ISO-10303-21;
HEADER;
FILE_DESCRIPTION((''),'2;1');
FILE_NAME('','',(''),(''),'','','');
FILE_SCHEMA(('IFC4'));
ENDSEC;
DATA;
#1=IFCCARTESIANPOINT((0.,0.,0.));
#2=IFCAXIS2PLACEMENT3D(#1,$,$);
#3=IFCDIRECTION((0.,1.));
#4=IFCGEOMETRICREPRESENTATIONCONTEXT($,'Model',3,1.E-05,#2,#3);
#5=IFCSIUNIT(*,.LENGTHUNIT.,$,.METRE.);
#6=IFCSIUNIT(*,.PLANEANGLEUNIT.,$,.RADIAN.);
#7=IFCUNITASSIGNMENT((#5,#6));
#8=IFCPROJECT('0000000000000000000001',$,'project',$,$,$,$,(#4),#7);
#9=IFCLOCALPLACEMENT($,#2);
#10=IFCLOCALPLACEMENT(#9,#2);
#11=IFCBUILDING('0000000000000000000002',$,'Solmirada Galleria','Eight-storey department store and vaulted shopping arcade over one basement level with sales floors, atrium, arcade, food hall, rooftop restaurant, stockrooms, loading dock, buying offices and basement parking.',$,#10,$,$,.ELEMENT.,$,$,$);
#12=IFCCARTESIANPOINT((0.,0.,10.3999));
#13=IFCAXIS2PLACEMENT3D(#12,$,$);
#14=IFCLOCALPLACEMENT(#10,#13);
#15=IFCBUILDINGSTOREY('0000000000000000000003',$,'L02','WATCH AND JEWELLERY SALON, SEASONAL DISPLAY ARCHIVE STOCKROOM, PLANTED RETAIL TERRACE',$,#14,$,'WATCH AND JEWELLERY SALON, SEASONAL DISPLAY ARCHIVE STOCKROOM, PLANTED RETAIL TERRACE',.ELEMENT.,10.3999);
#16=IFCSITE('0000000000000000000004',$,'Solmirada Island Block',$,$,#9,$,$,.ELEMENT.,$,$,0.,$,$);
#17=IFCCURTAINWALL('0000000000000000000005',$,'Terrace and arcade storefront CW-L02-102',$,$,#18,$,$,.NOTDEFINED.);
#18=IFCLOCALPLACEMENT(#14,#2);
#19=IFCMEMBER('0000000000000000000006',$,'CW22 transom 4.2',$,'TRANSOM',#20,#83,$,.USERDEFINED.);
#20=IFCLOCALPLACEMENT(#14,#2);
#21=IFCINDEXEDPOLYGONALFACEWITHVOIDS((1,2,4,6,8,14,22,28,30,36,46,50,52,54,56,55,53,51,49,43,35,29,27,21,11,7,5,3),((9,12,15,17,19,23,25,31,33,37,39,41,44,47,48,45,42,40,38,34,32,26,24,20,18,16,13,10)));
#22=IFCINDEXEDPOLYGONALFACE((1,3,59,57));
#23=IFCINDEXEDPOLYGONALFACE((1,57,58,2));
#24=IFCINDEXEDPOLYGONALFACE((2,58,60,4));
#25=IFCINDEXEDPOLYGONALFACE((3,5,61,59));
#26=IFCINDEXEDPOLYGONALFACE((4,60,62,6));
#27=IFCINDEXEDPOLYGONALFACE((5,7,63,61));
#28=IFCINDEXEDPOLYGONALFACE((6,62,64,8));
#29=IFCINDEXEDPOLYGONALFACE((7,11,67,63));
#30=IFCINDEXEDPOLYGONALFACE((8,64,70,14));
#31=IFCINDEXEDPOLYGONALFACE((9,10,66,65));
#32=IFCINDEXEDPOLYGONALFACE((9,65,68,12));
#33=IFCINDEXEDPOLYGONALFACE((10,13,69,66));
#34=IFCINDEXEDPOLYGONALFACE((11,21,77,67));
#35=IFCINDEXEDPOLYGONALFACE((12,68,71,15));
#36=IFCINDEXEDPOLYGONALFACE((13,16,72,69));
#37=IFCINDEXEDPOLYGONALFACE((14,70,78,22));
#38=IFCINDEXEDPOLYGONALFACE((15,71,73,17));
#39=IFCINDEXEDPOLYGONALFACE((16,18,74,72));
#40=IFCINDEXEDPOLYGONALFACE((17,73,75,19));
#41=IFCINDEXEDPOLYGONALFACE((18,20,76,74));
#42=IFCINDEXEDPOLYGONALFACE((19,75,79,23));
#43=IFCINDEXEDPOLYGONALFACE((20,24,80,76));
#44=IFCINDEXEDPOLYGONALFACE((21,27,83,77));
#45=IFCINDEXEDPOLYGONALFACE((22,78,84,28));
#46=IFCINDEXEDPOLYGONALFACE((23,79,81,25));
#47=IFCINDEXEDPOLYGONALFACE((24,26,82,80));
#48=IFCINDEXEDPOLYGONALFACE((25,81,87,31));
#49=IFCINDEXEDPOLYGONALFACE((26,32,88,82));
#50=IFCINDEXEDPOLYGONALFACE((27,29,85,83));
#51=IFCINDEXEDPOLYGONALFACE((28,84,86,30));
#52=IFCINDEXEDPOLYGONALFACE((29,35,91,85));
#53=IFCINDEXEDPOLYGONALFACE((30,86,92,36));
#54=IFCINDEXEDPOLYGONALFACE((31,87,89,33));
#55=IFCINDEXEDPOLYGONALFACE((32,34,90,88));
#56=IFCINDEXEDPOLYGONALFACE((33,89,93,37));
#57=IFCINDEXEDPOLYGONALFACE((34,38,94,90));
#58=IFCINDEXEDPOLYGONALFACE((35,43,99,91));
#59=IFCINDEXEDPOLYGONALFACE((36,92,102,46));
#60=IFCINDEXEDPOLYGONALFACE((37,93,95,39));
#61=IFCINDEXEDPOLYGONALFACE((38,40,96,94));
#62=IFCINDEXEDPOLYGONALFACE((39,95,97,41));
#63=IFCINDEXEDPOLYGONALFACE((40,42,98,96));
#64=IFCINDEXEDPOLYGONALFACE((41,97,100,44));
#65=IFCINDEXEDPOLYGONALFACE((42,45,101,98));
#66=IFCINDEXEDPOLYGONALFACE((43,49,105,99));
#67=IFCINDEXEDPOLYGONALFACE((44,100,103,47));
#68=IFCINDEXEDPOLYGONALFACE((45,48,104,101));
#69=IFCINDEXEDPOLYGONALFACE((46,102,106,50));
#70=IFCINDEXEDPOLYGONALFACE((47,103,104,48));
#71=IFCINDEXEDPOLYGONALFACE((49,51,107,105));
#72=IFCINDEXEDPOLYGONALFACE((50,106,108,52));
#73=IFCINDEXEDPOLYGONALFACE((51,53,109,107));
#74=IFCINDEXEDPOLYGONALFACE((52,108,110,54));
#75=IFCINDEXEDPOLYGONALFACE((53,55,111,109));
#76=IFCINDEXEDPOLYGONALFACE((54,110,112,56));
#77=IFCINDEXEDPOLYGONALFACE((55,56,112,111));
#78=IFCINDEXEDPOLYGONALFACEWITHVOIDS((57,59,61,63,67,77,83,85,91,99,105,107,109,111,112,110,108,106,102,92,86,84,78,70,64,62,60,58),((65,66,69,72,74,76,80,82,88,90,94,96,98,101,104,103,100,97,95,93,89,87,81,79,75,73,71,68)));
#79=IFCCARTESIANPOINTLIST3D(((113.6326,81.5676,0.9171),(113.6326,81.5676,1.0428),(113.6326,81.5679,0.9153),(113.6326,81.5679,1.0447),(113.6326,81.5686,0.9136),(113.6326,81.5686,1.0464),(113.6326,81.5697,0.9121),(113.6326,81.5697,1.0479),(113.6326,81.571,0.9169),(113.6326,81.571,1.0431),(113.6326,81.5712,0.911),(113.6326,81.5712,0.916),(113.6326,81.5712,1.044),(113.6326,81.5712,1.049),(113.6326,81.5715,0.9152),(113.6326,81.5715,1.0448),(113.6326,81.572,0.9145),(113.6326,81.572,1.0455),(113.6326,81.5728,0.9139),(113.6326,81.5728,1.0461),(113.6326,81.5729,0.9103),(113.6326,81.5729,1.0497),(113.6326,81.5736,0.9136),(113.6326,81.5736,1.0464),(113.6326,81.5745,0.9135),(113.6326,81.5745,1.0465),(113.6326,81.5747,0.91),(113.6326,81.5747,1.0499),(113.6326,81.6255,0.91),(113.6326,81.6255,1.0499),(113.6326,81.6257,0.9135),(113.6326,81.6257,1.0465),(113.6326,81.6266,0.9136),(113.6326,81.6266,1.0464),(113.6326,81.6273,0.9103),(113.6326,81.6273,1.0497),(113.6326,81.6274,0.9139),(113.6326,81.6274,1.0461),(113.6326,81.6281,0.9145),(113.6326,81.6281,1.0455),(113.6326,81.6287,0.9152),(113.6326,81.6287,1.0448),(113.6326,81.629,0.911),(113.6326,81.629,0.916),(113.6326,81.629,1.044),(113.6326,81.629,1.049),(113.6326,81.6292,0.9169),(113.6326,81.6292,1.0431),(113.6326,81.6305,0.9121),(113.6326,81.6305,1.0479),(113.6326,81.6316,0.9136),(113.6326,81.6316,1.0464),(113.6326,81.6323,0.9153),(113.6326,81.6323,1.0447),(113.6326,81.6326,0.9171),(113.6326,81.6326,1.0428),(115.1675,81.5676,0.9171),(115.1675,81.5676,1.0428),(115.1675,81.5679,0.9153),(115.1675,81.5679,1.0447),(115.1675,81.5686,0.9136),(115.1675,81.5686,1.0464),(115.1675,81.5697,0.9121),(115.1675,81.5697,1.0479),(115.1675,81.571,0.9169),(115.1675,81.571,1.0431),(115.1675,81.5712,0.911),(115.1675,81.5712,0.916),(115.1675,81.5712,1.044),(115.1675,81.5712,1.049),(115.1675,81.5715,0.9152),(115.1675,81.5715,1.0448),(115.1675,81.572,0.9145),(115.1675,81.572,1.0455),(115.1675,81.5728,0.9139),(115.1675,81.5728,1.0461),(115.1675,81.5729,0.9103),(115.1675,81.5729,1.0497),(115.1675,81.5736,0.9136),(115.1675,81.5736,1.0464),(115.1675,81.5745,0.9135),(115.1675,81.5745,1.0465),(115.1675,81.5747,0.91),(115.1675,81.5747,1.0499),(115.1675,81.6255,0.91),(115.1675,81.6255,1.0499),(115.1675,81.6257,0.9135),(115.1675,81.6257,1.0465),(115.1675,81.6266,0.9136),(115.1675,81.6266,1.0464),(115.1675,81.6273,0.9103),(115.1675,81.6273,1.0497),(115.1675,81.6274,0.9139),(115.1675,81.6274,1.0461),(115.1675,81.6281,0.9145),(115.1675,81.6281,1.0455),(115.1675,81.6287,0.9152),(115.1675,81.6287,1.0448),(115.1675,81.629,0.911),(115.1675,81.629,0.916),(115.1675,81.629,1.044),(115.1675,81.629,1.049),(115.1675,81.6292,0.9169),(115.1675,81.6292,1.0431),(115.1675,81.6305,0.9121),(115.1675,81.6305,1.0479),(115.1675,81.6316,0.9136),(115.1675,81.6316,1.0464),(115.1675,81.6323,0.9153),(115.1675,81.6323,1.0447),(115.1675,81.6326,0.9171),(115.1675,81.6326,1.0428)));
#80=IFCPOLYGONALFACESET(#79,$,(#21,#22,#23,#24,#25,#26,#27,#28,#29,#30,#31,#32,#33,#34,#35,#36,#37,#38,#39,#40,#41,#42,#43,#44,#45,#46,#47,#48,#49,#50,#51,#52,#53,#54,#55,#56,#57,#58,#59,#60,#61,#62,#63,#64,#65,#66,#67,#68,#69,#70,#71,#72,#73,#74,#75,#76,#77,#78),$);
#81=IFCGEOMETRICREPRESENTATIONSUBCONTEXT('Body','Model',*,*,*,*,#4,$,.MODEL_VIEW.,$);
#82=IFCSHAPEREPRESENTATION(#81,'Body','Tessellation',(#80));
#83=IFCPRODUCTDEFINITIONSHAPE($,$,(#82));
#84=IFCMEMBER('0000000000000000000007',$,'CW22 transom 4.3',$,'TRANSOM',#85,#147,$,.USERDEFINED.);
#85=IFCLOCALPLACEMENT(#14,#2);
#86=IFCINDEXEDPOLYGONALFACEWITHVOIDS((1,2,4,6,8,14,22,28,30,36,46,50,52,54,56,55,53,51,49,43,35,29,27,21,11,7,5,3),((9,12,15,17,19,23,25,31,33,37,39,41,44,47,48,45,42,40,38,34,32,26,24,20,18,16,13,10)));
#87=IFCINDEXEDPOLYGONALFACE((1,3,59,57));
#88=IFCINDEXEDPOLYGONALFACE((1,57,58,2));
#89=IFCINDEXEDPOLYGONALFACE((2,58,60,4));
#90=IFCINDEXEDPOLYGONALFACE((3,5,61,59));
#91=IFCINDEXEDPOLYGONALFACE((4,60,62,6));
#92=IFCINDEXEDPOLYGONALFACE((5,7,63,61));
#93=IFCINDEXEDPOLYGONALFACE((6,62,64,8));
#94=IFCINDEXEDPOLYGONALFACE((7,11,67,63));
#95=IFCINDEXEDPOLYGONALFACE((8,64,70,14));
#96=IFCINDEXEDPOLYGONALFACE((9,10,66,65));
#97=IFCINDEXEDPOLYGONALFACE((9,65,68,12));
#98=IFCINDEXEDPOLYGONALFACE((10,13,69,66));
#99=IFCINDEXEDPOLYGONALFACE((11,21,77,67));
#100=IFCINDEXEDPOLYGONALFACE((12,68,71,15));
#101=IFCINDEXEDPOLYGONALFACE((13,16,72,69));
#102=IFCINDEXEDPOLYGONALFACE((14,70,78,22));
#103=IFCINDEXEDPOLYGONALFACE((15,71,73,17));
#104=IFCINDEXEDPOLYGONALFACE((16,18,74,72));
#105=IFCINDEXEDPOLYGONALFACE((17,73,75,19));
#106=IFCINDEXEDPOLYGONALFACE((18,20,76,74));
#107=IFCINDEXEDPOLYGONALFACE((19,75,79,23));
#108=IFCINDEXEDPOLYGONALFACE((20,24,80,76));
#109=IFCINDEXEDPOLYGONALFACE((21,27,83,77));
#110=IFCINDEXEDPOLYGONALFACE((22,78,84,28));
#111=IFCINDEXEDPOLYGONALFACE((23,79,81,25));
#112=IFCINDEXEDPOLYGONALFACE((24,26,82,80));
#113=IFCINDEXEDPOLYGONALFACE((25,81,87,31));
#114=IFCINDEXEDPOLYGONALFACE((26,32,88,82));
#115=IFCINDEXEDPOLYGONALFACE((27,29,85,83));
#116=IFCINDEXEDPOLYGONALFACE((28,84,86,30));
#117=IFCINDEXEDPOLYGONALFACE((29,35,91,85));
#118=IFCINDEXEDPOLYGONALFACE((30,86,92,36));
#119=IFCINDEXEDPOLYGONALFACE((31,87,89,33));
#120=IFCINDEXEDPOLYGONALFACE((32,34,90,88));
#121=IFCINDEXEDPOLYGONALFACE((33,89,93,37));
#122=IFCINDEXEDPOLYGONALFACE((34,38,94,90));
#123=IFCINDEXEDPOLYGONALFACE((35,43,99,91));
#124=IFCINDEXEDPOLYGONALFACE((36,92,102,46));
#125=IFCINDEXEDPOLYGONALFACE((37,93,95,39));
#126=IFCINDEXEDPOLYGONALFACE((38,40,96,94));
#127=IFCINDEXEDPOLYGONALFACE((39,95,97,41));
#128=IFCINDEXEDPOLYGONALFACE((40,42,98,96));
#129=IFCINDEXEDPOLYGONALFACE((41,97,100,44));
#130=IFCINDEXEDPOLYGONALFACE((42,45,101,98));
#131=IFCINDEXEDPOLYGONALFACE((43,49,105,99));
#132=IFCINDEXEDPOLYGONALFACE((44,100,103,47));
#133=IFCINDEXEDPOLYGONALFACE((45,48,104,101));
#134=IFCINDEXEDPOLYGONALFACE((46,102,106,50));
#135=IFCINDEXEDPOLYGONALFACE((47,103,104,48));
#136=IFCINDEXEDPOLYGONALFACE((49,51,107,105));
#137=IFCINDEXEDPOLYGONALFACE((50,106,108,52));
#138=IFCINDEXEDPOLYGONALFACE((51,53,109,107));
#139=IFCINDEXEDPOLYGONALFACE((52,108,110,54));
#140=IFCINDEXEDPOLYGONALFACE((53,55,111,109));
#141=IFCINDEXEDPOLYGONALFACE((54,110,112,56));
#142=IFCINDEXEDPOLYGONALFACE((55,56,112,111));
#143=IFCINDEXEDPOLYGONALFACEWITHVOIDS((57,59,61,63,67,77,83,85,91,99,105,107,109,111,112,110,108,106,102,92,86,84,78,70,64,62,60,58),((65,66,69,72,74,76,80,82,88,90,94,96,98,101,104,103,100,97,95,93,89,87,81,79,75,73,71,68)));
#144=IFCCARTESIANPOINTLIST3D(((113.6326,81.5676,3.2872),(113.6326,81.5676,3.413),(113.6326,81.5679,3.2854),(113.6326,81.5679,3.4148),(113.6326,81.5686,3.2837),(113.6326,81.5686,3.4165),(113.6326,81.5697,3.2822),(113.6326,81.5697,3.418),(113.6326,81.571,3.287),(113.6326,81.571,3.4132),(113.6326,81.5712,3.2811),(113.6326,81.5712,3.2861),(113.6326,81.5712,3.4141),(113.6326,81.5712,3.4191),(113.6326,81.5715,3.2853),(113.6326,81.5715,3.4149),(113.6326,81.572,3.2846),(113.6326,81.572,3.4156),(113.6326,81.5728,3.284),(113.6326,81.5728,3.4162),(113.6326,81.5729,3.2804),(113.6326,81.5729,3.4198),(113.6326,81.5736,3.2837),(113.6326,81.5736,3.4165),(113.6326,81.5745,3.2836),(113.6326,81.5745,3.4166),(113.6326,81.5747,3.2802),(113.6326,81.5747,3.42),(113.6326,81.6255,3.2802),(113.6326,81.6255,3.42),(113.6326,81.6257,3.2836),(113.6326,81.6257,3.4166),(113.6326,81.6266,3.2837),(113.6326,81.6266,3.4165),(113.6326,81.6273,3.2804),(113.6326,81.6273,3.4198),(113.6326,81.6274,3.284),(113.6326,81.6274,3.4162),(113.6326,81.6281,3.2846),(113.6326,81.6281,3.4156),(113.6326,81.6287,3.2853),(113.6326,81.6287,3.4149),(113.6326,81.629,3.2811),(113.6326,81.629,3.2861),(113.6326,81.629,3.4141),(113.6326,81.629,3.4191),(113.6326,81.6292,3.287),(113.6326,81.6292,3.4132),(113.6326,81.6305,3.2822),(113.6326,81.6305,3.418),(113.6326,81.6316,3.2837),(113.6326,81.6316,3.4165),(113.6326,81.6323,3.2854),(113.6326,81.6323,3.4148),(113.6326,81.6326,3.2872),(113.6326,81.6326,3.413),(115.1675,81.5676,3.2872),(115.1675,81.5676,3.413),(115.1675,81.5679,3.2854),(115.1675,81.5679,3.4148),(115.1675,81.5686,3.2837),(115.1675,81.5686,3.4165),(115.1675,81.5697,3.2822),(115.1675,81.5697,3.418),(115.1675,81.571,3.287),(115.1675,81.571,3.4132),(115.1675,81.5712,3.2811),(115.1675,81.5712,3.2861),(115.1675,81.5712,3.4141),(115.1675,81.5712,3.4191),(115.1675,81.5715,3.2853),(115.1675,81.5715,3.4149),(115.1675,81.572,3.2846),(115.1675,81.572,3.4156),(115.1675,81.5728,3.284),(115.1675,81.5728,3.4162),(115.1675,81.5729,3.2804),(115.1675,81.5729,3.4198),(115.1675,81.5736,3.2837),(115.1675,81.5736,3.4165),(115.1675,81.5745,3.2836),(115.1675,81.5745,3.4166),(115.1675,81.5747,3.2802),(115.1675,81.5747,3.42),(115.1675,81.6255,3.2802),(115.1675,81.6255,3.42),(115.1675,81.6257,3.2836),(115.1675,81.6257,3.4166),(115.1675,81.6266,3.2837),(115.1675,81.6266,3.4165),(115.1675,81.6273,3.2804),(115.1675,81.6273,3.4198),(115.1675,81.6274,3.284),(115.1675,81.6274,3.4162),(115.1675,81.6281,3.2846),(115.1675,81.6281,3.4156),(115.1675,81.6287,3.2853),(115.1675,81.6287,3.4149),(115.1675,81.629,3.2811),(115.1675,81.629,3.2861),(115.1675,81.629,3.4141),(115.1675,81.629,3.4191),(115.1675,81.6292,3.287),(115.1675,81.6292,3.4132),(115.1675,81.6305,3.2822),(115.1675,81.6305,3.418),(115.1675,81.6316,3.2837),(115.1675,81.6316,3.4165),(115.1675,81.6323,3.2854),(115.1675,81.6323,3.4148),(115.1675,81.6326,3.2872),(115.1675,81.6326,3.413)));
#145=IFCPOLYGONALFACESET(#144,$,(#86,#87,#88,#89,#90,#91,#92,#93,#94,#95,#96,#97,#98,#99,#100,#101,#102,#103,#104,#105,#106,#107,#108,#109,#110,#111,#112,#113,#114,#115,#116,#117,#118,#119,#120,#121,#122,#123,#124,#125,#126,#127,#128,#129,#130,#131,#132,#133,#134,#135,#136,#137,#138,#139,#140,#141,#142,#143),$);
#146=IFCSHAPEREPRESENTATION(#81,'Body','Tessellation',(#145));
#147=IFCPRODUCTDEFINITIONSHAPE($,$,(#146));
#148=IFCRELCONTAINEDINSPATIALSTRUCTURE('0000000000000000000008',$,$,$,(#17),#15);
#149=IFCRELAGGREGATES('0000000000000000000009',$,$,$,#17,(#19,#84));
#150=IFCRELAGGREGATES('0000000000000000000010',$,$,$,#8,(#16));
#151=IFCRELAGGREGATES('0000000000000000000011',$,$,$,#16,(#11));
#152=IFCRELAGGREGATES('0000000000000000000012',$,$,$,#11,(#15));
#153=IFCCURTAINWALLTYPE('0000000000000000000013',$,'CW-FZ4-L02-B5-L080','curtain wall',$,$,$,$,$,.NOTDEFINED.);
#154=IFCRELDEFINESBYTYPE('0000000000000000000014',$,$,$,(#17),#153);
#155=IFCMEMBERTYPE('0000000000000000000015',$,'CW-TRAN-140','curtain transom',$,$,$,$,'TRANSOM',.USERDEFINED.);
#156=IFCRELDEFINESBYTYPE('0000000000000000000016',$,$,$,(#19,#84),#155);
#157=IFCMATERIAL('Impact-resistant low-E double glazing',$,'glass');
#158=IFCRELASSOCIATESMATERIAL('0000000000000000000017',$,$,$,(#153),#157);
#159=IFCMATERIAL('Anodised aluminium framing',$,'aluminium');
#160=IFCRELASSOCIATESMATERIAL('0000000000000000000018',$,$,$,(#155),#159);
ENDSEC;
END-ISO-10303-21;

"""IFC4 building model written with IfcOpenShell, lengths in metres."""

from ifc_helpers import new_model, si_unit, direction, frame, origin, origin_2d, place, context, subcontext, project, spatial, hollow_rectangle, extrude, material, material_profile, profile_set, type_object, element, aggregate, save


model = new_model("IFC4")

# Units and contexts
model_context = context("Model", 3, precision=1e-05, world=origin(), true_north=direction((0.0, 1.0)))
body_context = subcontext(model_context, "Body", "Model", "MODEL_VIEW")
ifc_project = project(units=[si_unit("LENGTHUNIT", "METRE"), si_unit("PLANEANGLEUNIT", "RADIAN")], contexts=[model_context])

# Site, building, storey
site_placement = place(None, origin())
site = spatial("IfcSite", under=ifc_project, at=site_placement, Name="Solmirada Island Block", CompositionType="ELEMENT", RefElevation=0.0)
building_placement = place(site_placement, origin())
building = spatial("IfcBuilding", under=site, at=building_placement, Name="Solmirada Galleria", Description="Eight-storey department store and vaulted shopping arcade over one basement level with sales floors, atrium, arcade, food hall, rooftop restaurant, stockrooms, loading dock, buying offices and basement parking.", CompositionType="ELEMENT")
storey_placement = place(building_placement, frame((0.0, 0.0, 10.3999)))
storey = spatial("IfcBuildingStorey", under=building, at=storey_placement, Name="L02", Description="WATCH AND JEWELLERY SALON, SEASONAL DISPLAY ARCHIVE STOCKROOM, PLANTED RETAIL TERRACE", LongName="WATCH AND JEWELLERY SALON, SEASONAL DISPLAY ARCHIVE STOCKROOM, PLANTED RETAIL TERRACE", CompositionType="ELEMENT", Elevation=10.3999)

# Curtain wall, members
ifc_material_1 = material(Name="Impact-resistant low-E double glazing", Category="glass")
curtain_wall_type = type_object("IfcCurtainWallType", Name="CW-FZ4-L02-B5-L080", Description="curtain wall", PredefinedType="NOTDEFINED", material=ifc_material_1)
curtain_wall_placement = place(storey_placement, origin())
curtain_wall = element("IfcCurtainWall", 1, at=curtain_wall_placement, inside=storey, type_object=curtain_wall_type, Name="Terrace and arcade storefront CW-L02-102", PredefinedType="NOTDEFINED")
ifc_material_2 = material(Name="Anodised aluminium framing", Category="aluminium")
ifc_material_profile_1 = material_profile(ifc_material_2, hollow_rectangle(XDim=0.0649, YDim=0.1399, WallThickness=0.0034, InnerFilletRadius=0.0034, OuterFilletRadius=0.0071, at=origin_2d()), Name="ALU-TRAN-140X65")
ifc_profile_set_1 = profile_set([ifc_material_profile_1], Name="Anodised aluminium framing")
member_type_1 = type_object("IfcMemberType", Name="CW-TRAN-140", Description="curtain transom", ElementType="TRANSOM", PredefinedType="USERDEFINED", material=ifc_profile_set_1)
member_1_placement = place(storey_placement, frame((115.1675, 81.6001, 0.98), z_axis=(-1.0, 0.0, 0.0), x_axis=(0.0, -1.0, 0.0)))
member_1 = element("IfcMember", 2, at=member_1_placement, type_object=member_type_1, Name="CW22 transom 4.2", ObjectType="TRANSOM", PredefinedType="USERDEFINED", context=body_context, shape_type="SweptSolid", body=[
    extrude(hollow_rectangle(XDim=0.0649, YDim=0.1399, WallThickness=0.0034, InnerFilletRadius=0.0034, OuterFilletRadius=0.0071, at=origin_2d()), origin(), (0.0, 0.0, 1.0), 1.5349),
])
member_2_placement = place(storey_placement, frame((115.1675, 81.6001, 3.3501), z_axis=(-1.0, 0.0, 0.0), x_axis=(0.0, -1.0, 0.0)))
member_2 = element("IfcMember", 3, at=member_2_placement, type_object=member_type_1, Name="CW22 transom 4.3", ObjectType="TRANSOM", PredefinedType="USERDEFINED", context=body_context, shape_type="SweptSolid", body=[
    extrude(hollow_rectangle(XDim=0.0649, YDim=0.1399, WallThickness=0.0034, InnerFilletRadius=0.0034, OuterFilletRadius=0.0071, at=origin_2d()), origin(), (0.0, 0.0, 1.0), 1.5349),
])
aggregate(curtain_wall, [member_1, member_2])

save(model, "model.ifc")
